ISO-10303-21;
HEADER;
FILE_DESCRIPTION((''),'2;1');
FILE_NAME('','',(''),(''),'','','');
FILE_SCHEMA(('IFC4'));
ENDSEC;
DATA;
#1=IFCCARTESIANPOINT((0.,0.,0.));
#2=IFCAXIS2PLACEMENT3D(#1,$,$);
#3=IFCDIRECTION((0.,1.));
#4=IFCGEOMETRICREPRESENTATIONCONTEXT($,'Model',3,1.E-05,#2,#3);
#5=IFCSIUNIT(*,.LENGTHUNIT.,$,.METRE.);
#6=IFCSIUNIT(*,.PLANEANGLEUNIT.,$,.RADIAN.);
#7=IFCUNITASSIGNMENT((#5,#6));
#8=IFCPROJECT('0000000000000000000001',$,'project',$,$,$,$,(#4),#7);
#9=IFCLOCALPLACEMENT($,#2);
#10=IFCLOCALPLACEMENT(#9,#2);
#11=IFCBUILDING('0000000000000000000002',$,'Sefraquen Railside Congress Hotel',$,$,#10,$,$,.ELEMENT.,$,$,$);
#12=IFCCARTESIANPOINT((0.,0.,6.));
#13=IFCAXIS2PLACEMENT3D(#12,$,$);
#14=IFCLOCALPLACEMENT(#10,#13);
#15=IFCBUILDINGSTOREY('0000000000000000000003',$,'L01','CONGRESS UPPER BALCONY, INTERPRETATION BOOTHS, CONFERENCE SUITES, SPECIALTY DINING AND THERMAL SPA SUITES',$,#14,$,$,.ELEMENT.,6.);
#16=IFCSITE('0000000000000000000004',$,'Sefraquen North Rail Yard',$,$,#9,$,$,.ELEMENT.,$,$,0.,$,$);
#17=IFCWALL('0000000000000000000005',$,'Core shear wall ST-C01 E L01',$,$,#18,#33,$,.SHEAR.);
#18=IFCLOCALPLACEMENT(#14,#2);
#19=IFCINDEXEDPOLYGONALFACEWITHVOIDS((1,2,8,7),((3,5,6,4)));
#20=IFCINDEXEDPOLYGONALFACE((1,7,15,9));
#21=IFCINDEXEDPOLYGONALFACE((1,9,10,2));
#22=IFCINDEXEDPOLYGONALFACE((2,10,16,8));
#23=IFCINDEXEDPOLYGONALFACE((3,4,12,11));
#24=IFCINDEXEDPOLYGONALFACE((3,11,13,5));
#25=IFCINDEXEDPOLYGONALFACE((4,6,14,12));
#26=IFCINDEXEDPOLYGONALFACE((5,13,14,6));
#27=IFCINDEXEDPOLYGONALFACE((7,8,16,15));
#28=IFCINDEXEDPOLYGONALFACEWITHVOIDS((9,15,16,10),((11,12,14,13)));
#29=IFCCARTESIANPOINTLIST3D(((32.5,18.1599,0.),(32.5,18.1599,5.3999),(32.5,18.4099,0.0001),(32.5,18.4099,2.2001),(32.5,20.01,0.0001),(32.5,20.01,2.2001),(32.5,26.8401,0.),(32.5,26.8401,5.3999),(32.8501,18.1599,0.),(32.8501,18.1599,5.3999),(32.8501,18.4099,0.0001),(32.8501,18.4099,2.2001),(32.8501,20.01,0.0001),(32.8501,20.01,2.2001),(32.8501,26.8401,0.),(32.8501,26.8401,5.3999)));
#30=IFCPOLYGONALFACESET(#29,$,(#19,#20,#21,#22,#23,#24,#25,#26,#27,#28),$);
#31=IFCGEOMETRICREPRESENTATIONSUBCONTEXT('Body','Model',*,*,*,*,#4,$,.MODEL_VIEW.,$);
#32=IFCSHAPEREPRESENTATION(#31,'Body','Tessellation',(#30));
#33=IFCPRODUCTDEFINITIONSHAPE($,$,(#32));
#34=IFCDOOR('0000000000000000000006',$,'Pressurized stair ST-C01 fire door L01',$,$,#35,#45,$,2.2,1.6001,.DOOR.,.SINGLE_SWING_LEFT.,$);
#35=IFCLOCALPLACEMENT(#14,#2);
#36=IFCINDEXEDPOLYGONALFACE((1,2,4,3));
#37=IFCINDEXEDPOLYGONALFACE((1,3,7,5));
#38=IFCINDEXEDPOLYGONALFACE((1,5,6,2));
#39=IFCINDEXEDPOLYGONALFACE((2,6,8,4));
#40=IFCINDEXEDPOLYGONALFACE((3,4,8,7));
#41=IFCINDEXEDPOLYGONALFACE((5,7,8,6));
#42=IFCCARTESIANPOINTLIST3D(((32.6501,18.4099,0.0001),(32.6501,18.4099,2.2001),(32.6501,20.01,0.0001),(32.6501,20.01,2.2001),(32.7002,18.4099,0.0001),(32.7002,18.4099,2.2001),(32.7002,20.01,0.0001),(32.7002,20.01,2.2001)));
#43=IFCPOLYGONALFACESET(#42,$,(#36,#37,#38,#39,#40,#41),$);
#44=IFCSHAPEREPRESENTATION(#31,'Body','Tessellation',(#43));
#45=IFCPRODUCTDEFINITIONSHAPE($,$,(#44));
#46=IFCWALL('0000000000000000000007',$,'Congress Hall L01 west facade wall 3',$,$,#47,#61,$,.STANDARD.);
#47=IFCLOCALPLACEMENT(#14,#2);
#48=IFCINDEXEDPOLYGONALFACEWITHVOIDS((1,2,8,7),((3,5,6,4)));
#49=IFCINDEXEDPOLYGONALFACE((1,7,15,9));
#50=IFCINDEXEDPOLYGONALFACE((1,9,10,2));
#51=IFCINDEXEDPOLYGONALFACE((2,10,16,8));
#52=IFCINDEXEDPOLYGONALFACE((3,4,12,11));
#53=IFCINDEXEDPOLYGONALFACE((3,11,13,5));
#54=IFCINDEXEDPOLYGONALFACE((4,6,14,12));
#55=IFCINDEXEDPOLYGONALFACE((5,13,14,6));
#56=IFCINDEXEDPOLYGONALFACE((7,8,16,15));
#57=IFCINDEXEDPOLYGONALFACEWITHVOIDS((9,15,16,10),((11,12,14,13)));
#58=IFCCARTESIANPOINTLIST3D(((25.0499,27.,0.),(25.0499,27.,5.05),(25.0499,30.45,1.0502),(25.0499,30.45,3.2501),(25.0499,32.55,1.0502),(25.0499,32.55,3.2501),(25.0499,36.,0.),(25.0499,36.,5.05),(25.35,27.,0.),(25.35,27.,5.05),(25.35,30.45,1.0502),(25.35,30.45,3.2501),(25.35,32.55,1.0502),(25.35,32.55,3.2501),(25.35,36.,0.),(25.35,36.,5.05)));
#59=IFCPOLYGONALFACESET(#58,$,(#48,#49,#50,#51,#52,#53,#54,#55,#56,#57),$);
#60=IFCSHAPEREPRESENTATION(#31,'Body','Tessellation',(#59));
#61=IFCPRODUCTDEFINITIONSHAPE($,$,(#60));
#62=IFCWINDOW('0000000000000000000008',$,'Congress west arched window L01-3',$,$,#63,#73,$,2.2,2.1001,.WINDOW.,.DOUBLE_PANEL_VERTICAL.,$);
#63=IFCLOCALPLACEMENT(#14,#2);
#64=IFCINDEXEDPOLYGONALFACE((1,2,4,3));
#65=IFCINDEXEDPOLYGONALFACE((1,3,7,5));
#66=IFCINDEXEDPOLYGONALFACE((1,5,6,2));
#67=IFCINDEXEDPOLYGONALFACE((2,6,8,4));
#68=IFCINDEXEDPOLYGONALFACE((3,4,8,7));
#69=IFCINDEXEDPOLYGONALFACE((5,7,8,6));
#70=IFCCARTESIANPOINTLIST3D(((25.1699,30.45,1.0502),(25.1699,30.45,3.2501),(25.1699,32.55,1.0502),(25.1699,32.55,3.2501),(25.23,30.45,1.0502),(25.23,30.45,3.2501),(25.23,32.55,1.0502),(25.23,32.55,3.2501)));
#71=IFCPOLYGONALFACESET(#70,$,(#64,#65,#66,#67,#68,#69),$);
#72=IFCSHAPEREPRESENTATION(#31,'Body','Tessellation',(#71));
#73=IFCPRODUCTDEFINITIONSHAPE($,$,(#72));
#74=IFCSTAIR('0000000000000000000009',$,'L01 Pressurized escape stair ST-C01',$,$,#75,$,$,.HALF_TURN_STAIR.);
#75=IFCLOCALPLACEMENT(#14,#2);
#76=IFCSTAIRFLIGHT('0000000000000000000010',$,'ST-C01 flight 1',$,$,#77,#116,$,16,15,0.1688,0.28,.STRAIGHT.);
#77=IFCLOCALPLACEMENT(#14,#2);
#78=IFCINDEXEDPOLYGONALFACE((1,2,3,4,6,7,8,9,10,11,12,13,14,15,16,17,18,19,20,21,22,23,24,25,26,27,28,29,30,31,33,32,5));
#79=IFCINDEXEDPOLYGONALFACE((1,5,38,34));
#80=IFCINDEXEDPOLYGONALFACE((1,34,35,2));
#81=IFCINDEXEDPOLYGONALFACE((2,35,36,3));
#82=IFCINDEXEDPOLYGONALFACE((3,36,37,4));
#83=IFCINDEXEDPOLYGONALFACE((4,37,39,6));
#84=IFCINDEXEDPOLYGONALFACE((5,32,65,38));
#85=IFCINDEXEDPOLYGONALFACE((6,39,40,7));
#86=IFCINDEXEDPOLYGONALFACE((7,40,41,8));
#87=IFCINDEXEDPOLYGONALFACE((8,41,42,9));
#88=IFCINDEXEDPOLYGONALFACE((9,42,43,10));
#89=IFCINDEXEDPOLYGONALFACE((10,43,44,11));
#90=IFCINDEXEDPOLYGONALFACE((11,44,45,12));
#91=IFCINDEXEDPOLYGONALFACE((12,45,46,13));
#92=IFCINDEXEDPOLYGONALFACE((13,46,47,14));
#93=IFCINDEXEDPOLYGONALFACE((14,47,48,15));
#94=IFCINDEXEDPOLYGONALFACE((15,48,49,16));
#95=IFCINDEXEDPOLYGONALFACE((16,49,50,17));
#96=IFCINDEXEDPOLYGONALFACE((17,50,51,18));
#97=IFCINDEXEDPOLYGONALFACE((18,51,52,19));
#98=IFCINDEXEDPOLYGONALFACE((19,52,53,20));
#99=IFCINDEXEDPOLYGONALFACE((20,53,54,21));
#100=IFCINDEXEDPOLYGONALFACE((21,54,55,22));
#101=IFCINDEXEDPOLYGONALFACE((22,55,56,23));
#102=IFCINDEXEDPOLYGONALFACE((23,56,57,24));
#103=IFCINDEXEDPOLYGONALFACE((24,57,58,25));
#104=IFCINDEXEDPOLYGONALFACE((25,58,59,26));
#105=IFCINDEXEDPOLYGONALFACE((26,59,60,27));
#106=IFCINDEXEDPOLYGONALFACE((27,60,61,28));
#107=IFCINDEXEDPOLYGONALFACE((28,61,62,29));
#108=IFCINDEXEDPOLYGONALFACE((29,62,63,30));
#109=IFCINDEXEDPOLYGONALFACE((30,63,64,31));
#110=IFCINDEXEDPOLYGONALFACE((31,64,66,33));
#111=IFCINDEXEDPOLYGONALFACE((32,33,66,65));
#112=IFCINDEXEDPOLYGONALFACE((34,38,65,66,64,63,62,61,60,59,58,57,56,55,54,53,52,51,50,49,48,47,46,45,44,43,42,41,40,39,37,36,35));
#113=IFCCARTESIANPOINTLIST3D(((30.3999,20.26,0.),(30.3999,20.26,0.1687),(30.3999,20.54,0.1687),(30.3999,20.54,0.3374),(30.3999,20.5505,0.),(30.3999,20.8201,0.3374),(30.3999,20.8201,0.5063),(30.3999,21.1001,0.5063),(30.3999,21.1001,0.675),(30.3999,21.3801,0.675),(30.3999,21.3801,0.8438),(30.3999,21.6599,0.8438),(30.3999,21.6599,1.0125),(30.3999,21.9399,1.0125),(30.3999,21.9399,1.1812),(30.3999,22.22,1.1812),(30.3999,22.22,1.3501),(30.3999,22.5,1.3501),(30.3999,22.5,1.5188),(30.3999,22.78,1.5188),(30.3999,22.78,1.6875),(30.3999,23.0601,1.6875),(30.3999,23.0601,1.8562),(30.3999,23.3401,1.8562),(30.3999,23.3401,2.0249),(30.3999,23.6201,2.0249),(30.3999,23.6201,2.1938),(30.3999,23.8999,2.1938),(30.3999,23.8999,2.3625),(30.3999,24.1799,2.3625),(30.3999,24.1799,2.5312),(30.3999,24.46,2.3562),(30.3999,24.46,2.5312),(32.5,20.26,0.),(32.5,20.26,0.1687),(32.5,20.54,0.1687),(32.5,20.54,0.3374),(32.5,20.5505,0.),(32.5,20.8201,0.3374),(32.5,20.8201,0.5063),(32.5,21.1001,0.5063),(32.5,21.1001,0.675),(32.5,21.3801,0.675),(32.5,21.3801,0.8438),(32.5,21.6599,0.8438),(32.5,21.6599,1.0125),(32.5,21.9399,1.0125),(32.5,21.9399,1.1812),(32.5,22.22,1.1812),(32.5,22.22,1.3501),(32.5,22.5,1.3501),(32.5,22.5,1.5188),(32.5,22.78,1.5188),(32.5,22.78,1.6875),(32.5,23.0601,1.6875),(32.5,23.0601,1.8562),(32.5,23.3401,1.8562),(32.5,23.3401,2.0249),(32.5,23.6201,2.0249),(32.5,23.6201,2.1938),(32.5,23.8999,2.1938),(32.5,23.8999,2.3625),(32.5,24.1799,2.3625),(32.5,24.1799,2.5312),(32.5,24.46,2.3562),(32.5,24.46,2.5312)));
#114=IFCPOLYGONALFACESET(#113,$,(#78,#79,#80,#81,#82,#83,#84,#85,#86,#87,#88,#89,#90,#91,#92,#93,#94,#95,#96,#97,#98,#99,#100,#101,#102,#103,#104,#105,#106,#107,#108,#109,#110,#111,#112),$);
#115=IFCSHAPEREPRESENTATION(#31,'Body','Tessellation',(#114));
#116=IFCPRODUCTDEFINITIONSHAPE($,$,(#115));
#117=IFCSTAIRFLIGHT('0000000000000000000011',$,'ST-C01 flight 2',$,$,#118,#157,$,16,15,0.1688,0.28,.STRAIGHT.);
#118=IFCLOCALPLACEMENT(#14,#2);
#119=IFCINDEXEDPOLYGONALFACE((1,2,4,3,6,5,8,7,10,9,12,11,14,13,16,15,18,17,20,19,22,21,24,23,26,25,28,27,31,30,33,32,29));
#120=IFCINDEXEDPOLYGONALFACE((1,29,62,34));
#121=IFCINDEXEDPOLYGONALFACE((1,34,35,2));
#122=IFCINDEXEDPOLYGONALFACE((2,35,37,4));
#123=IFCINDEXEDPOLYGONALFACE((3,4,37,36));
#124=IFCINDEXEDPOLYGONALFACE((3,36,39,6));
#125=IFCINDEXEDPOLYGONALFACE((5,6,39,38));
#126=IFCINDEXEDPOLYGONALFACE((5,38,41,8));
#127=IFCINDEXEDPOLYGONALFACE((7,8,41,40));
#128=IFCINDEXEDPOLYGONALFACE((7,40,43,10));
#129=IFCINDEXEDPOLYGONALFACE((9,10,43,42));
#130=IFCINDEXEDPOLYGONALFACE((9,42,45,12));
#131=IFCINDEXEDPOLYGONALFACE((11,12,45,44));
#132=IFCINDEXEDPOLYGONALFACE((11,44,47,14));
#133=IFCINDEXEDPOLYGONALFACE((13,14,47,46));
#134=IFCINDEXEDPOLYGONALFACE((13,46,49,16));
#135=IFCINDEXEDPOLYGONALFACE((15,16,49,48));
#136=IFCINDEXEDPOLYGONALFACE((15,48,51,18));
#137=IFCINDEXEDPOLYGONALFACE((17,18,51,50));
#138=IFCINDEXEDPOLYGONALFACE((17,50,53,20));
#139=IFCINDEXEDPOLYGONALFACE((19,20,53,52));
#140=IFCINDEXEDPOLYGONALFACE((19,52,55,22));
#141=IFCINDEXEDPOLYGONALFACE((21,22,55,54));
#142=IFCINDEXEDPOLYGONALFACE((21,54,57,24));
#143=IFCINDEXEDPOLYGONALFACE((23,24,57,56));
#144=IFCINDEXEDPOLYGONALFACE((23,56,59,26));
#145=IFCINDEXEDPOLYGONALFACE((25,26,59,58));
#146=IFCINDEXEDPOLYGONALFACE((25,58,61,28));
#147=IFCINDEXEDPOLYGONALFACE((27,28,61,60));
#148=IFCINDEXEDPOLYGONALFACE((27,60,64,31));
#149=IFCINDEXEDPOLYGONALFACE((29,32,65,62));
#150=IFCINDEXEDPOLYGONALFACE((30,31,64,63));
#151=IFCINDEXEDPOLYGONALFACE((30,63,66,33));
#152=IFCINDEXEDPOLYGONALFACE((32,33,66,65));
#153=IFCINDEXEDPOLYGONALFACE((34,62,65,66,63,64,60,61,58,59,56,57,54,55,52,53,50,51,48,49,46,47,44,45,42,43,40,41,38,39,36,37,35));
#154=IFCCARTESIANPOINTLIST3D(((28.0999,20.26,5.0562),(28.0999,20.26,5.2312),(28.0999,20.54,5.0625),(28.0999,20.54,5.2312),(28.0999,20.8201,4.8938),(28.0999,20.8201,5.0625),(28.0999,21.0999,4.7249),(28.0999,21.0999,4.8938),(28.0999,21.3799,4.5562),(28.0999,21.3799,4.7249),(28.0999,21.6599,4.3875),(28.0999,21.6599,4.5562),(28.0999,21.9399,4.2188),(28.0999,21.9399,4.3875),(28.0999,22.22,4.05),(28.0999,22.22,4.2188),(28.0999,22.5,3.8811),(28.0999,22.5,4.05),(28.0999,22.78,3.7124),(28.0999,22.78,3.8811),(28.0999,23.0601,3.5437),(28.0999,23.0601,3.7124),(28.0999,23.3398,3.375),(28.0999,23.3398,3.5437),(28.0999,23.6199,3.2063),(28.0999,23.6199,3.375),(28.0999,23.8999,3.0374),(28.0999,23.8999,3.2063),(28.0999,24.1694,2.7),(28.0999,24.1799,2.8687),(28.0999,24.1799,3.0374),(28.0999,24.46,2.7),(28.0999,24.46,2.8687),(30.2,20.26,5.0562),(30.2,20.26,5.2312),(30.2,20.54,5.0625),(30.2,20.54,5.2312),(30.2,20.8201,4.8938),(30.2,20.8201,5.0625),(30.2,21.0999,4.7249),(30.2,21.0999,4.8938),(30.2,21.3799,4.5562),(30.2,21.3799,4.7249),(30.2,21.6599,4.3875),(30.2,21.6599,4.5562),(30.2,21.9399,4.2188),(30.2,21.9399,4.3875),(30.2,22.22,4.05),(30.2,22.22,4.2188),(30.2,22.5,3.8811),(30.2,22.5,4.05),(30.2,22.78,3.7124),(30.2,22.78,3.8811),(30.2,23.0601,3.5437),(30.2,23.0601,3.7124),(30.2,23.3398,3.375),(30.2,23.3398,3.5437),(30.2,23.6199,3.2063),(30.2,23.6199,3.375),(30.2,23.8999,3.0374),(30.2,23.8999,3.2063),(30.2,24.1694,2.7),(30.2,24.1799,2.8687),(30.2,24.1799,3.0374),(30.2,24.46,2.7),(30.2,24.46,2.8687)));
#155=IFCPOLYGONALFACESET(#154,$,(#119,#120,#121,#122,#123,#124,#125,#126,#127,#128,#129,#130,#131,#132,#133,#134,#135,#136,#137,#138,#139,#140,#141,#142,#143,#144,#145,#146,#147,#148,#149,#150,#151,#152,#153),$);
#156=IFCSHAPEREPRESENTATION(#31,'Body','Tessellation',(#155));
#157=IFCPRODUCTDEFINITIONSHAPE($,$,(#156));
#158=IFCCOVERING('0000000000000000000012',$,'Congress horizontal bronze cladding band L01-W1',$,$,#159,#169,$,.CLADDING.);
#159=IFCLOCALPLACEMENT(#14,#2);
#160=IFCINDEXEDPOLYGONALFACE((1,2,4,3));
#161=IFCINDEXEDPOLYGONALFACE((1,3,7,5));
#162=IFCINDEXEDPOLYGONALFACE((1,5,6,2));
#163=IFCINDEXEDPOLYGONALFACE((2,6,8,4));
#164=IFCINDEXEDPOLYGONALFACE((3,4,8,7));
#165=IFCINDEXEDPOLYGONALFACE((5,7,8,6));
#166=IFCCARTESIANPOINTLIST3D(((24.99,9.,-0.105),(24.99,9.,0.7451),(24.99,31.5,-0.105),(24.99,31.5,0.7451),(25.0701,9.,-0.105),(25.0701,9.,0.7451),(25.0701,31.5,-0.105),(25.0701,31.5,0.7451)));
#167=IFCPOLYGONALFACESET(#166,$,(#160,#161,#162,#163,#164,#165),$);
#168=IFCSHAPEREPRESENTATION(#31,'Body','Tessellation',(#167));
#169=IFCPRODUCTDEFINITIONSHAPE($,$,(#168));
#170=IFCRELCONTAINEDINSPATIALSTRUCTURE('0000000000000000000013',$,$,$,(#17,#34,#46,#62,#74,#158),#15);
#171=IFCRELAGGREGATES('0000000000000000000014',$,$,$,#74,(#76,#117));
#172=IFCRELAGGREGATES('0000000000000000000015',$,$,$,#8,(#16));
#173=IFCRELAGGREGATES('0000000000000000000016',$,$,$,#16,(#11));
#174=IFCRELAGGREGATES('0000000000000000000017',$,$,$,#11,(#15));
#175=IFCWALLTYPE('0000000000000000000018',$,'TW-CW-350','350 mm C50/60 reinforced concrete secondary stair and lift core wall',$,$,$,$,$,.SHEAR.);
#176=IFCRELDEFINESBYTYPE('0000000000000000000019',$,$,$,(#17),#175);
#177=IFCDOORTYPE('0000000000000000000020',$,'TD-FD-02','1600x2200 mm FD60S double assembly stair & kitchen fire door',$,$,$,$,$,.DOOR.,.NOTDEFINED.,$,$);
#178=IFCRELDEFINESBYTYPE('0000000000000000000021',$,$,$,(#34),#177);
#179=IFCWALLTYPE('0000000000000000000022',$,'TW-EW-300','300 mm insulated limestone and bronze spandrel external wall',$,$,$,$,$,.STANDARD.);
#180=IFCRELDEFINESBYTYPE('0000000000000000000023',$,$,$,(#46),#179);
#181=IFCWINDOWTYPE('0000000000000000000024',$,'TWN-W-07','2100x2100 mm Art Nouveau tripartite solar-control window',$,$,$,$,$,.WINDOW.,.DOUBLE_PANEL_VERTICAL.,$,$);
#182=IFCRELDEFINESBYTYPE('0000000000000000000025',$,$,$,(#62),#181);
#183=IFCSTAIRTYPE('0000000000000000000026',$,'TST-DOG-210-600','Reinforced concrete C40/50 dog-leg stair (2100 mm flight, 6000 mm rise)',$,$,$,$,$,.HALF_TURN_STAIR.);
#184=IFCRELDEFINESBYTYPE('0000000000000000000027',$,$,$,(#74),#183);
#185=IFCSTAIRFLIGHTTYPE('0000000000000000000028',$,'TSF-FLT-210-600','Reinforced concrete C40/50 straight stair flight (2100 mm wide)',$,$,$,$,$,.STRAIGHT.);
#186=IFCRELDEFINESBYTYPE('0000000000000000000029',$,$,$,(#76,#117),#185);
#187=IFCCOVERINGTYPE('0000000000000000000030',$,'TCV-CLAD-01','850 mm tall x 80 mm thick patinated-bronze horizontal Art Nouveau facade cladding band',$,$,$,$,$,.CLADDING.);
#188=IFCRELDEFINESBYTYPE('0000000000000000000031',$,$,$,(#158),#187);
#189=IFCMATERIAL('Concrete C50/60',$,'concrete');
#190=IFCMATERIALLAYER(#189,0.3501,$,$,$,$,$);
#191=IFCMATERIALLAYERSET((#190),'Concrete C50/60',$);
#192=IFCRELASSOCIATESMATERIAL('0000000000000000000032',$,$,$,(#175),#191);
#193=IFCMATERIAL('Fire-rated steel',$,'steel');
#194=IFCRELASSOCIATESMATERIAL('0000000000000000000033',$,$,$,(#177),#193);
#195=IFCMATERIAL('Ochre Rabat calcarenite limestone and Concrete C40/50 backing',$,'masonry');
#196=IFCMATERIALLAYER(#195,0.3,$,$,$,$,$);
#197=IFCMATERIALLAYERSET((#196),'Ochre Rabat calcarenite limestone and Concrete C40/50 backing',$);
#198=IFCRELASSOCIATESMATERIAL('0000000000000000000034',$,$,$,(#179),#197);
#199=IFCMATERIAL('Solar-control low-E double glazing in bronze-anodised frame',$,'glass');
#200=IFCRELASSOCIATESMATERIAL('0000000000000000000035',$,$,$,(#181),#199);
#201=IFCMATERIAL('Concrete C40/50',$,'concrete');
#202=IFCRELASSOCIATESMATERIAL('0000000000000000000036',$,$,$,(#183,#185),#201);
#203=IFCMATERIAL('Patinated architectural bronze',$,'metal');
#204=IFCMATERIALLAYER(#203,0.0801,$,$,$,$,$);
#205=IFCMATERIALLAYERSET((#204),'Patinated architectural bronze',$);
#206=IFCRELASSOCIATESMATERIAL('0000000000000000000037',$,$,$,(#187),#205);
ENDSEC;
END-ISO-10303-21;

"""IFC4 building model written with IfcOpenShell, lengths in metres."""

from ifc_helpers import new_model, si_unit, direction, frame, frame_2d, origin, origin_2d, place, context, subcontext, project, spatial, polyline, rectangle, outline, extrude, material, layer, layer_set, type_object, element, fill, aggregate, save


model = new_model("IFC4")

# Units and contexts
model_context = context("Model", 3, precision=1e-05, world=origin(), true_north=direction((0.0, 1.0)))
body_context = subcontext(model_context, "Body", "Model", "MODEL_VIEW")
ifc_project = project(units=[si_unit("LENGTHUNIT", "METRE"), si_unit("PLANEANGLEUNIT", "RADIAN")], contexts=[model_context])

# Site, building, storey
site_placement = place(None, origin())
site = spatial("IfcSite", under=ifc_project, at=site_placement, Name="Sefraquen North Rail Yard", CompositionType="ELEMENT", RefElevation=0.0)
building_placement = place(site_placement, origin())
building = spatial("IfcBuilding", under=site, at=building_placement, Name="Sefraquen Railside Congress Hotel", CompositionType="ELEMENT")
storey_placement = place(building_placement, frame((0.0, 0.0, 6.0)))
storey = spatial("IfcBuildingStorey", under=building, at=storey_placement, Name="L01", Description="CONGRESS UPPER BALCONY, INTERPRETATION BOOTHS, CONFERENCE SUITES, SPECIALTY DINING AND THERMAL SPA SUITES", CompositionType="ELEMENT", Elevation=6.0)

# Shared definitions
ifc_material_1 = material(Name="Concrete C50/60", Category="concrete")
ifc_layer_1 = layer(ifc_material_1, 0.3501)
ifc_layer_set_1 = layer_set([ifc_layer_1], Name="Concrete C50/60")
wall_type_1 = type_object("IfcWallType", Name="TW-CW-350", Description="350 mm C50/60 reinforced concrete secondary stair and lift core wall", PredefinedType="SHEAR", material=ifc_layer_set_1)

# Wall, opening, door
wall_1_placement = place(storey_placement, frame((32.675, 18.1599, 0.0), z_axis=(0.0, 0.0, 1.0), x_axis=(0.0, 1.0, 0.0)))
wall_1 = element("IfcWall", 1, at=wall_1_placement, inside=storey, type_object=wall_type_1, Name="Core shear wall ST-C01 E L01", PredefinedType="SHEAR", context=body_context, shape_type="SweptSolid", body=[
    extrude(rectangle(XDim=8.6802, YDim=0.3501, at=frame_2d((4.3401, 0.0))), origin(), (0.0, 0.0, 1.0), 5.3999),
])
opening_1_placement = place(wall_1_placement, frame((0.25, 0.0, 0.0)))
opening_1 = element("IfcOpeningElement", 2, at=opening_1_placement, cuts=wall_1, PredefinedType="OPENING", context=body_context, shape_type="SweptSolid", body=[
    extrude(rectangle(XDim=1.6001, YDim=2.2, at=frame_2d((0.8, 1.1001))), frame((0.0, 0.1851, 0.0), z_axis=(0.0, -1.0, 0.0), x_axis=(1.0, 0.0, 0.0)), (0.0, 0.0, 1.0), 0.3701),
])
ifc_material_2 = material(Name="Fire-rated steel", Category="steel")
door_type = type_object("IfcDoorType", Name="TD-FD-02", Description="1600x2200 mm FD60S double assembly stair & kitchen fire door", OperationType="NOTDEFINED", PredefinedType="DOOR", material=ifc_material_2)
door_placement = place(opening_1_placement, origin())
door = element("IfcDoor", 3, at=door_placement, inside=storey, type_object=door_type, Name="Pressurized stair ST-C01 fire door L01", OperationType="SINGLE_SWING_LEFT", OverallHeight=2.2, OverallWidth=1.6001, PredefinedType="DOOR", context=body_context, shape_type="SweptSolid", body=[
    extrude(rectangle(XDim=1.6001, YDim=2.2, at=frame_2d((0.8, 1.1001))), frame((0.0, 0.0249, 0.0), z_axis=(0.0, -1.0, 0.0), x_axis=(1.0, 0.0, 0.0)), (0.0, 0.0, 1.0), 0.05),
])
fill(opening_1, door)

# Wall, opening, window
ifc_material_3 = material(Name="Ochre Rabat calcarenite limestone and Concrete C40/50 backing", Category="masonry")
ifc_layer_2 = layer(ifc_material_3, 0.3)
ifc_layer_set_2 = layer_set([ifc_layer_2], Name="Ochre Rabat calcarenite limestone and Concrete C40/50 backing")
wall_type_2 = type_object("IfcWallType", Name="TW-EW-300", Description="300 mm insulated limestone and bronze spandrel external wall", PredefinedType="STANDARD", material=ifc_layer_set_2)
wall_2_placement = place(storey_placement, frame((25.2, 27.0, 0.0), z_axis=(0.0, 0.0, 1.0), x_axis=(0.0, 1.0, 0.0)))
wall_2 = element("IfcWall", 4, at=wall_2_placement, inside=storey, type_object=wall_type_2, Name="Congress Hall L01 west facade wall 3", PredefinedType="STANDARD", context=body_context, shape_type="SweptSolid", body=[
    extrude(rectangle(XDim=9.0, YDim=0.3, at=frame_2d((4.5, 0.0))), origin(), (0.0, 0.0, 1.0), 5.05),
])
opening_2_placement = place(wall_2_placement, frame((3.45, 0.0, 1.05)))
opening_2 = element("IfcOpeningElement", 5, at=opening_2_placement, cuts=wall_2, PredefinedType="OPENING", context=body_context, shape_type="SweptSolid", body=[
    extrude(rectangle(XDim=2.1001, YDim=2.2, at=frame_2d((1.05, 1.1001))), frame((0.0, 0.1599, 0.0), z_axis=(0.0, -1.0, 0.0), x_axis=(1.0, 0.0, 0.0)), (0.0, 0.0, 1.0), 0.3201),
])
ifc_material_4 = material(Name="Solar-control low-E double glazing in bronze-anodised frame", Category="glass")
window_type = type_object("IfcWindowType", Name="TWN-W-07", Description="2100x2100 mm Art Nouveau tripartite solar-control window", PartitioningType="DOUBLE_PANEL_VERTICAL", PredefinedType="WINDOW", material=ifc_material_4)
window_placement = place(opening_2_placement, origin())
window = element("IfcWindow", 6, at=window_placement, inside=storey, type_object=window_type, Name="Congress west arched window L01-3", OverallHeight=2.2, OverallWidth=2.1001, PartitioningType="DOUBLE_PANEL_VERTICAL", PredefinedType="WINDOW", context=body_context, shape_type="SweptSolid", body=[
    extrude(rectangle(XDim=2.1001, YDim=2.2, at=frame_2d((1.05, 1.1001))), frame((0.0, 0.03, 0.0), z_axis=(0.0, -1.0, 0.0), x_axis=(1.0, 0.0, 0.0)), (0.0, 0.0, 1.0), 0.0601),
])
fill(opening_2, window)

# Stair, stair flights
ifc_material_5 = material(Name="Concrete C40/50", Category="concrete")
stair_type = type_object("IfcStairType", Name="TST-DOG-210-600", Description="Reinforced concrete C40/50 dog-leg stair (2100 mm flight, 6000 mm rise)", PredefinedType="HALF_TURN_STAIR", material=ifc_material_5)
stair_placement = place(storey_placement, origin())
stair = element("IfcStair", 7, at=stair_placement, inside=storey, type_object=stair_type, Name="L01 Pressurized escape stair ST-C01", PredefinedType="HALF_TURN_STAIR")
stair_flight_type = type_object("IfcStairFlightType", Name="TSF-FLT-210-600", Description="Reinforced concrete C40/50 straight stair flight (2100 mm wide)", PredefinedType="STRAIGHT", material=ifc_material_5)
stair_flight_1_placement = place(storey_placement, frame((31.45, 20.26, 0.0), z_axis=(0.0, 0.0, 1.0), x_axis=(0.0, 1.0, 0.0)))
stair_flight_1 = element("IfcStairFlight", 8, at=stair_flight_1_placement, type_object=stair_flight_type, Name="ST-C01 flight 1", NumberOfRisers=16, NumberOfTreads=15, PredefinedType="STRAIGHT", RiserHeight=0.1688, TreadLength=0.28, context=body_context, shape_type="SweptSolid", body=[
    extrude(outline(polyline([(0.0, 0.0), (0.0, 0.1687), (0.28, 0.1687), (0.28, 0.3374), (0.5601, 0.3374), (0.5601, 0.5063), (0.8401, 0.5063), (0.8401, 0.675), (1.1201, 0.675), (1.1201, 0.8438), (1.3999, 0.8438), (1.3999, 1.0125), (1.6799, 1.0125), (1.6799, 1.1812), (1.96, 1.1812), (1.96, 1.3501), (2.24, 1.3501), (2.24, 1.5188), (2.52, 1.5188), (2.52, 1.6875), (2.8, 1.6875), (2.8, 1.8562), (3.0801, 1.8562), (3.0801, 2.0249), (3.3601, 2.0249), (3.3601, 2.1938), (3.6399, 2.1938), (3.6399, 2.3625), (3.9199, 2.3625), (3.9199, 2.5312), (4.2, 2.5312), (4.2, 2.7), (4.2, 2.3562), (0.2905, 0.0), (0.0, 0.0)])), frame((0.0, 1.05, 0.0), z_axis=(0.0, -1.0, 0.0), x_axis=(1.0, 0.0, 0.0)), (0.0, 0.0, 1.0), 2.1001),
])
stair_flight_2_placement = place(storey_placement, frame((29.1499, 24.46, 2.7), z_axis=(0.0, 0.0, 1.0), x_axis=(0.0, -1.0, 0.0)))
stair_flight_2 = element("IfcStairFlight", 9, at=stair_flight_2_placement, type_object=stair_flight_type, Name="ST-C01 flight 2", NumberOfRisers=16, NumberOfTreads=15, PredefinedType="STRAIGHT", RiserHeight=0.1688, TreadLength=0.28, context=body_context, shape_type="SweptSolid", body=[
    extrude(outline(polyline([(0.0, 0.0), (0.0, 0.1687), (0.28, 0.1687), (0.28, 0.3374), (0.5601, 0.3374), (0.5601, 0.5063), (0.8401, 0.5063), (0.8401, 0.675), (1.1201, 0.675), (1.1201, 0.8438), (1.3999, 0.8438), (1.3999, 1.0125), (1.6799, 1.0125), (1.6799, 1.1812), (1.96, 1.1812), (1.96, 1.3501), (2.24, 1.3501), (2.24, 1.5188), (2.52, 1.5188), (2.52, 1.6875), (2.8, 1.6875), (2.8, 1.8562), (3.0801, 1.8562), (3.0801, 2.0249), (3.3601, 2.0249), (3.3601, 2.1938), (3.6399, 2.1938), (3.6399, 2.3625), (3.9199, 2.3625), (3.9199, 2.5312), (4.2, 2.5312), (4.2, 2.7), (4.2, 2.3562), (0.2905, 0.0), (0.0, 0.0)])), frame((0.0, 1.05, 0.0), z_axis=(0.0, -1.0, 0.0), x_axis=(1.0, 0.0, 0.0)), (0.0, 0.0, 1.0), 2.1001),
])
aggregate(stair, [stair_flight_1, stair_flight_2])

# Covering
ifc_material_6 = material(Name="Patinated architectural bronze", Category="metal")
ifc_layer_3 = layer(ifc_material_6, 0.0801)
ifc_layer_set_3 = layer_set([ifc_layer_3], Name="Patinated architectural bronze")
covering_type = type_object("IfcCoveringType", Name="TCV-CLAD-01", Description="850 mm tall x 80 mm thick patinated-bronze horizontal Art Nouveau facade cladding band", PredefinedType="CLADDING", material=ifc_layer_set_3)
for number, where, z_axis, x_axis, name in (
    (10, (25.03, 20.25, -0.105), (0.0, 0.0, 1.0), (1.0, 0.0, 0.0), "Congress horizontal bronze cladding band L01-W1"),
):
    element("IfcCovering", number, at=place(storey_placement, frame(where, z_axis=z_axis, x_axis=x_axis)), inside=storey, type_object=covering_type, Name=name, PredefinedType="CLADDING", context=body_context, shape_type="SweptSolid", body=[
        extrude(rectangle(XDim=0.0801, YDim=22.5, at=origin_2d()), origin(), (0.0, 0.0, 1.0), 0.8501),
    ])

save(model, "model.ifc")
